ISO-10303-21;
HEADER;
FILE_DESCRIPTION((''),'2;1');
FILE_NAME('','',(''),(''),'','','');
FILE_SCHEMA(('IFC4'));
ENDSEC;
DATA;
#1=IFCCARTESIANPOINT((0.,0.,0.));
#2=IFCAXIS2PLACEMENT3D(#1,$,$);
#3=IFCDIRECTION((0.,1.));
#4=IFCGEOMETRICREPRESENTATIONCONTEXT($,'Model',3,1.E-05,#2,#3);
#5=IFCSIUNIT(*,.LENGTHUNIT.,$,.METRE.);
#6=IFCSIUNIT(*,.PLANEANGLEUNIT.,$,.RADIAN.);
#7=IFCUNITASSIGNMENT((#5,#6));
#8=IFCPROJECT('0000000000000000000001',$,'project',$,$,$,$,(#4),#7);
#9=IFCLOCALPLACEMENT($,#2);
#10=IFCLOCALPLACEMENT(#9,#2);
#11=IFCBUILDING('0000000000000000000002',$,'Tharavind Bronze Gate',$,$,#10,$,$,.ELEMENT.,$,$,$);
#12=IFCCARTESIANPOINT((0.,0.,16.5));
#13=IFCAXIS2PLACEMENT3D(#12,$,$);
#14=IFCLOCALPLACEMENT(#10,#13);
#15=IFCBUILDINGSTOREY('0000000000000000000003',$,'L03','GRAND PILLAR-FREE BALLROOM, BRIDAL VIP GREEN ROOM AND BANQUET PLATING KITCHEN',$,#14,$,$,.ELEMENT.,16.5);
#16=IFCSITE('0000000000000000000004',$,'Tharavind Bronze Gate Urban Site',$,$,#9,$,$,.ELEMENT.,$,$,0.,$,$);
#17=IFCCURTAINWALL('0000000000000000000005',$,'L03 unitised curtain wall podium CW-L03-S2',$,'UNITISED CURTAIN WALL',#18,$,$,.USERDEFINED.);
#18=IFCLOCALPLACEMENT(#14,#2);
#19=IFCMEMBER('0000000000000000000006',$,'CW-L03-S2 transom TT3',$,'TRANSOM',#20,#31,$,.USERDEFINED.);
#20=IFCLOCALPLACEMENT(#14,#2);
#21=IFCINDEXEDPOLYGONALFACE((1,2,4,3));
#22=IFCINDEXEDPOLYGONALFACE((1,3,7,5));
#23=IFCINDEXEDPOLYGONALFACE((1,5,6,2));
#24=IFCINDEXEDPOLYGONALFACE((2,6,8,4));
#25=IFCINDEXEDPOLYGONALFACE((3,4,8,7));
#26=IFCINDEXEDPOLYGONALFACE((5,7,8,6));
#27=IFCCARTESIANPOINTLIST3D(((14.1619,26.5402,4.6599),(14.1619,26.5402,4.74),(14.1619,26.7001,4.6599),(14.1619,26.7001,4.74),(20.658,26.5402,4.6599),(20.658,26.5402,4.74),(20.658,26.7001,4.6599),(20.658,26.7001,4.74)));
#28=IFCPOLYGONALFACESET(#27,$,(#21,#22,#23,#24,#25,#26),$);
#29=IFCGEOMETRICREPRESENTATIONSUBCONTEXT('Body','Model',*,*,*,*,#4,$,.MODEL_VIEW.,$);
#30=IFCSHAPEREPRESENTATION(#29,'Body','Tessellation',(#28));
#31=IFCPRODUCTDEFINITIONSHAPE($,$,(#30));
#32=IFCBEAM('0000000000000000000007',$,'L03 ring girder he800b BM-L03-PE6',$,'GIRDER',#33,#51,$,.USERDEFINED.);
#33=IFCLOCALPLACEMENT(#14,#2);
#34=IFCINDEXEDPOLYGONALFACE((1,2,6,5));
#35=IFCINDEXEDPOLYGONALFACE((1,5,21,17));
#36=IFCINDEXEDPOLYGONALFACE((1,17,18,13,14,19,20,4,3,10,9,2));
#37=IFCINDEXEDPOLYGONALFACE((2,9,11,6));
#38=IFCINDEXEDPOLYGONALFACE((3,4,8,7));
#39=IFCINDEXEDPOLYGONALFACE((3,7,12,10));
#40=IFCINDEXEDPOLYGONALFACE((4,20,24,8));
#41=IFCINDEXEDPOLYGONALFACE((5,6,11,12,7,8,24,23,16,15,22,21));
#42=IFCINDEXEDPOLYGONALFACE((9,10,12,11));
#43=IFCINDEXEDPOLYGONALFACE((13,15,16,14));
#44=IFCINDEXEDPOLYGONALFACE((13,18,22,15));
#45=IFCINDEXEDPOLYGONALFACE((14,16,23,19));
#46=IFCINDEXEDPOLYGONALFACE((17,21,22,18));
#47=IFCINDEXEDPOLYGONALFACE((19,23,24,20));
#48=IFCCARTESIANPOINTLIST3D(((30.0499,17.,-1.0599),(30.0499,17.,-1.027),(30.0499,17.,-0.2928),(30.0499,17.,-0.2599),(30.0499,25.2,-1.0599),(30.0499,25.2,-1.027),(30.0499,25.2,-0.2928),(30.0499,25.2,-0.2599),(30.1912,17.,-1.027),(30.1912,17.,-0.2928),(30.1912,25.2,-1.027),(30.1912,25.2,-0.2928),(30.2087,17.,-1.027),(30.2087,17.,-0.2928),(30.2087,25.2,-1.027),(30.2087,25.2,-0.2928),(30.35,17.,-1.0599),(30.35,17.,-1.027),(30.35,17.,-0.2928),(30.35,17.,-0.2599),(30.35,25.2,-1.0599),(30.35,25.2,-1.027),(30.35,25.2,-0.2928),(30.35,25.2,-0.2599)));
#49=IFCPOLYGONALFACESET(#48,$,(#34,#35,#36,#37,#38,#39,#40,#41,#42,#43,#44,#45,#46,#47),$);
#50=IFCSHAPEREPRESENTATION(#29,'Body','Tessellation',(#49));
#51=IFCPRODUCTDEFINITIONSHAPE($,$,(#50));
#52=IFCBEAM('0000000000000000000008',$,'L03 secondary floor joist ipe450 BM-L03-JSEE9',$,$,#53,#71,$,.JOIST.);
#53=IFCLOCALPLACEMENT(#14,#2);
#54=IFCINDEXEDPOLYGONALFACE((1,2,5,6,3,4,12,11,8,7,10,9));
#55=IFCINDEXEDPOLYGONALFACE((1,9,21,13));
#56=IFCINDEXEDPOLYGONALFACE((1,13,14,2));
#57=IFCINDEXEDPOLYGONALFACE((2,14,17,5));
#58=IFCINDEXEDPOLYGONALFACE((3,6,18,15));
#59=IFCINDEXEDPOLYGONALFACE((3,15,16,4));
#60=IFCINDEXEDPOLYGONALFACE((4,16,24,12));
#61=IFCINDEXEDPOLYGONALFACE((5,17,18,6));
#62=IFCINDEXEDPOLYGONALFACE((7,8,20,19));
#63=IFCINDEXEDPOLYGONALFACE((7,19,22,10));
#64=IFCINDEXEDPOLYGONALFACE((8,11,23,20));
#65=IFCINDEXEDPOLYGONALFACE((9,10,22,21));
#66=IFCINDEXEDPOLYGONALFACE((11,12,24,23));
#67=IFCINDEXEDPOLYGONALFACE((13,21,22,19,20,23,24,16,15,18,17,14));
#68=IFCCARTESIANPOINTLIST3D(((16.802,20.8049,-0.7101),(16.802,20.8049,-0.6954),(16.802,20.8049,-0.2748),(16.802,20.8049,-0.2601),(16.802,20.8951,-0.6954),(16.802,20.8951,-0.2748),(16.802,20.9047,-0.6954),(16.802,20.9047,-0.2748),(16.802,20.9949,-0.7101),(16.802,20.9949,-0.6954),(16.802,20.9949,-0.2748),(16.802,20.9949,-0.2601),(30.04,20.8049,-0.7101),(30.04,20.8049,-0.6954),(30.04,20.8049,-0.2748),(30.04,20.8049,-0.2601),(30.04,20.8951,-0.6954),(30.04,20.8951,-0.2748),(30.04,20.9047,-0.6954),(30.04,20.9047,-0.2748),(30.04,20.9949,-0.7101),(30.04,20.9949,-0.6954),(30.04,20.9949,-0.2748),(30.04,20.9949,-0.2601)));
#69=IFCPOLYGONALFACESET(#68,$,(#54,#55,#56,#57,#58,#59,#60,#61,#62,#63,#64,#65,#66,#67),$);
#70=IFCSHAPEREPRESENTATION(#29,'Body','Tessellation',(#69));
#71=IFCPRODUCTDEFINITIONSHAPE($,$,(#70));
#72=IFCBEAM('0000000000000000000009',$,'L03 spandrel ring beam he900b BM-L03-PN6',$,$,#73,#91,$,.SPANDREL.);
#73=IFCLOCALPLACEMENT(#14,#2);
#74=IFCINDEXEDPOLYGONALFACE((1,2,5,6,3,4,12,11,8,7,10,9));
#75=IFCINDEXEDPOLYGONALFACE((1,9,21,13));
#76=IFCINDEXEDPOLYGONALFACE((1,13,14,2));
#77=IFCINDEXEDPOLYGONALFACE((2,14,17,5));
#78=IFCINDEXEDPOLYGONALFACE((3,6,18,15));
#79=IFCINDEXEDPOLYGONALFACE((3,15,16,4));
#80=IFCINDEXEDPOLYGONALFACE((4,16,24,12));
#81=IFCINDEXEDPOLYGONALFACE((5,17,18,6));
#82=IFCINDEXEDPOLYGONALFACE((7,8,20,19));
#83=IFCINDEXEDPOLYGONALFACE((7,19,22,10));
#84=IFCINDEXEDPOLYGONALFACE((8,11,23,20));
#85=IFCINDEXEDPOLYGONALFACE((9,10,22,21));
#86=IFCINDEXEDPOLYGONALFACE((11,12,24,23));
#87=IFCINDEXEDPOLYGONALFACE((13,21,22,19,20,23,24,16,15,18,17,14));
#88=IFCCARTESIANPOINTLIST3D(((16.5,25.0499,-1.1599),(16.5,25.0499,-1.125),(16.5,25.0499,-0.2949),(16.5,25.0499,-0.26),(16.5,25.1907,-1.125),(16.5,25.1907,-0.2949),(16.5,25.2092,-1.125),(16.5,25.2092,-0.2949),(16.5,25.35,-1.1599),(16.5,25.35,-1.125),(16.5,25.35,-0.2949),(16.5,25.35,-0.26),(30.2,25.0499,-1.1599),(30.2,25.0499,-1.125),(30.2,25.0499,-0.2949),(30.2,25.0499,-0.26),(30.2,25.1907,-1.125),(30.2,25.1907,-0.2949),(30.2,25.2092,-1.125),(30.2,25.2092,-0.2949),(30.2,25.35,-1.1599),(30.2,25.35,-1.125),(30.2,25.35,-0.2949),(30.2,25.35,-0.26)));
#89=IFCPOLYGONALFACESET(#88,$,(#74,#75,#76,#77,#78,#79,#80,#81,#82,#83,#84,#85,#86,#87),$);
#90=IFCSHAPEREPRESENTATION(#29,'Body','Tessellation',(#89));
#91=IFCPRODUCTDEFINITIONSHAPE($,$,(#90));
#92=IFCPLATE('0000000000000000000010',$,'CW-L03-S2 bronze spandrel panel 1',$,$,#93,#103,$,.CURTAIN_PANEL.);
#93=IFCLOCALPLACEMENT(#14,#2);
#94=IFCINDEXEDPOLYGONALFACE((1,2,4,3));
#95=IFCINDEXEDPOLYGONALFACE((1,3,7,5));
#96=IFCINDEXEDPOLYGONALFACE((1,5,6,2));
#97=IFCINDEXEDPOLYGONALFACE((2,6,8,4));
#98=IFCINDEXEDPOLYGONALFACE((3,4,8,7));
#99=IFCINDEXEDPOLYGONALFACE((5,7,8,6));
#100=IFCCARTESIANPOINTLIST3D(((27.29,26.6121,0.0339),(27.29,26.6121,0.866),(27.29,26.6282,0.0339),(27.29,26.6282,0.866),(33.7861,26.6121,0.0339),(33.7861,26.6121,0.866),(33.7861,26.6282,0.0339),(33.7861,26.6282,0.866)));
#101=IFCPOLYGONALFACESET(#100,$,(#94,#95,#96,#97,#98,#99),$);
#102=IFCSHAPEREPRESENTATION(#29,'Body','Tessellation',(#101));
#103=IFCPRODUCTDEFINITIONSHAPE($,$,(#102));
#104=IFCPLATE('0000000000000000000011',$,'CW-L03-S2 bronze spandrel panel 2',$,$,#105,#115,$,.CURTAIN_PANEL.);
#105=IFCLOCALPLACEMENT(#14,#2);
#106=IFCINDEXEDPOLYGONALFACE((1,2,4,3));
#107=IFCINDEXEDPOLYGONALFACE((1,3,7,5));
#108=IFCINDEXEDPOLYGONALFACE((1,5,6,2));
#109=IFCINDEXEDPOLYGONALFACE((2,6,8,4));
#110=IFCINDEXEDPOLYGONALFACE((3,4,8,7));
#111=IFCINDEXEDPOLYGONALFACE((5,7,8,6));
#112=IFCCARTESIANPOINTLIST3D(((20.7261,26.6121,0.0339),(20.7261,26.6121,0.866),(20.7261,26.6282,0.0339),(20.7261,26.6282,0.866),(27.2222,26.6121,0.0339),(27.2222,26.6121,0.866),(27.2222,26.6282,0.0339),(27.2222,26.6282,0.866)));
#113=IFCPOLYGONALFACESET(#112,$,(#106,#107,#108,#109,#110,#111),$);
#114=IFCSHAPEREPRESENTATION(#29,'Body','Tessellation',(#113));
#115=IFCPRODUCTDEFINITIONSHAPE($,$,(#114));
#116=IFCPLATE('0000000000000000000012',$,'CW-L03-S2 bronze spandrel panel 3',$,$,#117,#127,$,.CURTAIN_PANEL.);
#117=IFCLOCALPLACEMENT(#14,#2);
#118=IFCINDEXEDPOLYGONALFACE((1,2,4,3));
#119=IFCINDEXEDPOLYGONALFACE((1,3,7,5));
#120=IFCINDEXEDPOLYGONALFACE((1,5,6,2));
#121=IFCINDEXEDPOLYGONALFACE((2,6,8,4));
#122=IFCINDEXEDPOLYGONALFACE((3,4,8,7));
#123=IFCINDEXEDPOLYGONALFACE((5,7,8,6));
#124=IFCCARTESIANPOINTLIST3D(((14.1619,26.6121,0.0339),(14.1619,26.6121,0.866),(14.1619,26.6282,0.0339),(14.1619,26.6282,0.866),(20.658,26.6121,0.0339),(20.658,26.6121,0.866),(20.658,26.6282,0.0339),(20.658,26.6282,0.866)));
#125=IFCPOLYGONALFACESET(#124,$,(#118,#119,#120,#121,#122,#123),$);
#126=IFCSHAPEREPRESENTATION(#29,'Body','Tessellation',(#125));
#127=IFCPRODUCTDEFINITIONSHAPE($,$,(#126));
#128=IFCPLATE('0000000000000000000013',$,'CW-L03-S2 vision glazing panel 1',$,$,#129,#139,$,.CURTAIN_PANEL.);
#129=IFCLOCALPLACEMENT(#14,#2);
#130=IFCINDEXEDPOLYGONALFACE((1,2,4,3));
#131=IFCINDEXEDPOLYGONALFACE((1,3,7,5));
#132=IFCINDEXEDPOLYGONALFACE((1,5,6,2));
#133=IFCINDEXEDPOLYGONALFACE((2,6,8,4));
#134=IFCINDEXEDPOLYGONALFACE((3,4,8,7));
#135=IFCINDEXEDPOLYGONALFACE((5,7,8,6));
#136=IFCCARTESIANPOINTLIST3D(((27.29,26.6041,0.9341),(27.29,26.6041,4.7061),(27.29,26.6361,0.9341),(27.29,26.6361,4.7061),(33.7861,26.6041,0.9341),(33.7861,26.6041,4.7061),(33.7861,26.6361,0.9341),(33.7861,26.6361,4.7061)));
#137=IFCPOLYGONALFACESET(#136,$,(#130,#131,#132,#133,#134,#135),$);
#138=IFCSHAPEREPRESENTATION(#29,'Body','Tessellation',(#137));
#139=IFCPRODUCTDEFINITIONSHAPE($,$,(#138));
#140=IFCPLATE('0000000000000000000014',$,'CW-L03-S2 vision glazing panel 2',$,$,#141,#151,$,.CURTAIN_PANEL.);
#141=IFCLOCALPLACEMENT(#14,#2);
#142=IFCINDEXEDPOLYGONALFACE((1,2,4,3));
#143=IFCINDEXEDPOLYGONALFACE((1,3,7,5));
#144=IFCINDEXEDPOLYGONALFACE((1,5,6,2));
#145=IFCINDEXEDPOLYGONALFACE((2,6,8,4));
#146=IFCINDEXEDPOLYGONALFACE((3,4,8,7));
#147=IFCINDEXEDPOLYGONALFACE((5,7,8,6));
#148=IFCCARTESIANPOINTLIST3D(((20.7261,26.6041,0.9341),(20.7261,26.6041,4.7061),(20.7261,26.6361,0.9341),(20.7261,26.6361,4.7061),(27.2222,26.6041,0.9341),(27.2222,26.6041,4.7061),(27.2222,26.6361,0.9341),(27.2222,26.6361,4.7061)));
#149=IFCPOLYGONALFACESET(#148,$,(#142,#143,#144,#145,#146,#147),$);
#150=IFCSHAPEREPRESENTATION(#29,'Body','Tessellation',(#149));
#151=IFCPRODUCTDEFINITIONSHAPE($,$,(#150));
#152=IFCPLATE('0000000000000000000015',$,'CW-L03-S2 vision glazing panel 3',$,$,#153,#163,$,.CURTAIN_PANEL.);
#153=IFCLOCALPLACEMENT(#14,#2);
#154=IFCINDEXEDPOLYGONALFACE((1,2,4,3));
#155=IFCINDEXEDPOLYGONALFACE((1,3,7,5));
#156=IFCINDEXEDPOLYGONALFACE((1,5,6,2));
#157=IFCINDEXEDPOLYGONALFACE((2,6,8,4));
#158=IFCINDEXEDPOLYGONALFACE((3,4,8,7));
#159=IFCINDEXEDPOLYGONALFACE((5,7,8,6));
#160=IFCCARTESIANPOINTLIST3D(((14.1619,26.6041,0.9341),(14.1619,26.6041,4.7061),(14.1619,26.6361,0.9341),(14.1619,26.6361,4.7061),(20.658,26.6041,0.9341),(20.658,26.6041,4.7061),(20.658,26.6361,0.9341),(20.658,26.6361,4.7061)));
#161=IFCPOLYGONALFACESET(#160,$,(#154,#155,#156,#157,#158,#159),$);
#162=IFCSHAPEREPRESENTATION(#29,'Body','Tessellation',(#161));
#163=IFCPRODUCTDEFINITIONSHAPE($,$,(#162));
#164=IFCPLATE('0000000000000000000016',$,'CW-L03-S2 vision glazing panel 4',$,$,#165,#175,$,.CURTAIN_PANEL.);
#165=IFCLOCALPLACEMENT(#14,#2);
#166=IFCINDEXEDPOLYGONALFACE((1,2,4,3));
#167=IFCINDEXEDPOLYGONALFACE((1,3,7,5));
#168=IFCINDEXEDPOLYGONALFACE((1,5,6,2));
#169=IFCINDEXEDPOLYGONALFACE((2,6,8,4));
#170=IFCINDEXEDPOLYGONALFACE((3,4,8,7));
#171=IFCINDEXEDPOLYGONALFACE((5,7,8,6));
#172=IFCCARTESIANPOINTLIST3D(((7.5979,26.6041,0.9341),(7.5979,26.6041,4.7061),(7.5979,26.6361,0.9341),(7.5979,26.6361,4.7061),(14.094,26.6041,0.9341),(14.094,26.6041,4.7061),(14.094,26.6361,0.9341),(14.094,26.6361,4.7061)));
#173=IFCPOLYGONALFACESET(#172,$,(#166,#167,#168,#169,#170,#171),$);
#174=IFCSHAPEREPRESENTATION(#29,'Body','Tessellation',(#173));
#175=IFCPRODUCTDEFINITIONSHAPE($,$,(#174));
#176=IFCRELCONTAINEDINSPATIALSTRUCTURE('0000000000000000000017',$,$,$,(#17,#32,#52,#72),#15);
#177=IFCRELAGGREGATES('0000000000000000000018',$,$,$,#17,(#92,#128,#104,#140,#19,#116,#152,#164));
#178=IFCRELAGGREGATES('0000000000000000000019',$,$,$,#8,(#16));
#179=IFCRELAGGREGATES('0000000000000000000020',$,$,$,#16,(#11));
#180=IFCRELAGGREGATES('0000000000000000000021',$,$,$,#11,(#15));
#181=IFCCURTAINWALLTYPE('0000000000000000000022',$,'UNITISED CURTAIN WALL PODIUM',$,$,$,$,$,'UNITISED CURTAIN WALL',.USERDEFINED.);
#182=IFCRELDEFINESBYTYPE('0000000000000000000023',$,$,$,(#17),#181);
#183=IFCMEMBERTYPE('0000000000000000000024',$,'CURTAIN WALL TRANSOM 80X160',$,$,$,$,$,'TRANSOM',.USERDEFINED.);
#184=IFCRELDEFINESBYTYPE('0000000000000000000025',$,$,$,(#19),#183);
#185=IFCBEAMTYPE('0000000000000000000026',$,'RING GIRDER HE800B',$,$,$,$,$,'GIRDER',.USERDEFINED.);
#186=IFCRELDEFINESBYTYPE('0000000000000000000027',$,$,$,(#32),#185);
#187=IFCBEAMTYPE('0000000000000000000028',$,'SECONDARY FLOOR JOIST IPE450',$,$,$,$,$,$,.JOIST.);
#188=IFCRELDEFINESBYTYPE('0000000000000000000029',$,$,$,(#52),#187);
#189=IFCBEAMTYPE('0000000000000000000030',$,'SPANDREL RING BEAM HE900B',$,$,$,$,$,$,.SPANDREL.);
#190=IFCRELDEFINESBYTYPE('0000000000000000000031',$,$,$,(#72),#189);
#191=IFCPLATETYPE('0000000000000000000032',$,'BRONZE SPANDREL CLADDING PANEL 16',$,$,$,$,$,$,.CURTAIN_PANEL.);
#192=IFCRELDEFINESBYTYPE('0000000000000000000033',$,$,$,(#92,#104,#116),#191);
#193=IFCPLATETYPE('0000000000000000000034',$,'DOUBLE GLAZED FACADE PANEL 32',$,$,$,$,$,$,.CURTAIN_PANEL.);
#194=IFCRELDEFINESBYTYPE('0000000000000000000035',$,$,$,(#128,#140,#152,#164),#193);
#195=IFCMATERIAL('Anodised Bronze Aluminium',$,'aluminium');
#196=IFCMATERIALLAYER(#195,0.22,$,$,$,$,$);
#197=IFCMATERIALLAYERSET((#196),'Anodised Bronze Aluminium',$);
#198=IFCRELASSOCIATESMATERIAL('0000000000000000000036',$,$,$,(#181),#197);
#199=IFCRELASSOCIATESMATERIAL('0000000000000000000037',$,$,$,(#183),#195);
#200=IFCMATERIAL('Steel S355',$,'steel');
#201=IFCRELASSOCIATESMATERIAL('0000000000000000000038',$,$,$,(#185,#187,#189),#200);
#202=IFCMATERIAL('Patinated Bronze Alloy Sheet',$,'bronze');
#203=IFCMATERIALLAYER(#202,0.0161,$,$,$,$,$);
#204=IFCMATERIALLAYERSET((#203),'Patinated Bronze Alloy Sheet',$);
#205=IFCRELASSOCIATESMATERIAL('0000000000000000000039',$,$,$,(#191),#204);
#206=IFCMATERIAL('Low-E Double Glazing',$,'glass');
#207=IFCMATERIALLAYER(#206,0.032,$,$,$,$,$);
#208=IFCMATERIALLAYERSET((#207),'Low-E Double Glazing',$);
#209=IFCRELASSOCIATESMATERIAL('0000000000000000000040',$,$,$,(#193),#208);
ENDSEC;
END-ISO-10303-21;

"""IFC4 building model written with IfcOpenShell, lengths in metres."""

from ifc_helpers import new_model, si_unit, direction, frame, origin, origin_2d, place, context, subcontext, project, spatial, rectangle, i_section, extrude, material, layer, layer_set, material_profile, profile_set, type_object, element, aggregate, save


model = new_model("IFC4")

# Units and contexts
model_context = context("Model", 3, precision=1e-05, world=origin(), true_north=direction((0.0, 1.0)))
body_context = subcontext(model_context, "Body", "Model", "MODEL_VIEW")
ifc_project = project(units=[si_unit("LENGTHUNIT", "METRE"), si_unit("PLANEANGLEUNIT", "RADIAN")], contexts=[model_context])

# Site, building, storey
site_placement = place(None, origin())
site = spatial("IfcSite", under=ifc_project, at=site_placement, Name="Tharavind Bronze Gate Urban Site", CompositionType="ELEMENT", RefElevation=0.0)
building_placement = place(site_placement, origin())
building = spatial("IfcBuilding", under=site, at=building_placement, Name="Tharavind Bronze Gate", CompositionType="ELEMENT")
storey_placement = place(building_placement, frame((0.0, 0.0, 16.5)))
storey = spatial("IfcBuildingStorey", under=building, at=storey_placement, Name="L03", Description="GRAND PILLAR-FREE BALLROOM, BRIDAL VIP GREEN ROOM AND BANQUET PLATING KITCHEN", CompositionType="ELEMENT", Elevation=16.5)

# Curtain wall, member
ifc_material_1 = material(Name="Anodised Bronze Aluminium", Category="aluminium")
ifc_layer_1 = layer(ifc_material_1, 0.22)
ifc_layer_set_1 = layer_set([ifc_layer_1], Name="Anodised Bronze Aluminium")
curtain_wall_type = type_object("IfcCurtainWallType", Name="UNITISED CURTAIN WALL PODIUM", ElementType="UNITISED CURTAIN WALL", PredefinedType="USERDEFINED", material=ifc_layer_set_1)
curtain_wall_placement = place(storey_placement, origin())
curtain_wall = element("IfcCurtainWall", 1, at=curtain_wall_placement, inside=storey, type_object=curtain_wall_type, Name="L03 unitised curtain wall podium CW-L03-S2", ObjectType="UNITISED CURTAIN WALL", PredefinedType="USERDEFINED")
member_type_1 = type_object("IfcMemberType", Name="CURTAIN WALL TRANSOM 80X160", ElementType="TRANSOM", PredefinedType="USERDEFINED", material=ifc_material_1)
member_1_placement = place(storey_placement, frame((17.4099, 26.6201, 4.6599), z_axis=(0.0, 0.0, 1.0), x_axis=(-1.0, 0.0, 0.0)))
member_1 = element("IfcMember", 2, at=member_1_placement, type_object=member_type_1, Name="CW-L03-S2 transom TT3", ObjectType="TRANSOM", PredefinedType="USERDEFINED", context=body_context, shape_type="SweptSolid", body=[
    extrude(rectangle(XDim=6.4961, YDim=0.1599, at=origin_2d()), origin(), (0.0, 0.0, 1.0), 0.0801),
])

# Beams
ifc_material_2 = material(Name="Steel S355", Category="steel")
ifc_material_profile_1 = material_profile(ifc_material_2, i_section(OverallWidth=0.3, OverallDepth=0.8, WebThickness=0.0176, FlangeThickness=0.033, at=origin_2d()), Name="HE800B")
ifc_profile_set_1 = profile_set([ifc_material_profile_1], Name="Steel S355")
beam_type_1 = type_object("IfcBeamType", Name="RING GIRDER HE800B", ElementType="GIRDER", PredefinedType="USERDEFINED", material=ifc_profile_set_1)
beam_1_placement = place(storey_placement, frame((30.2, 17.0, -0.6599), z_axis=(0.0, 1.0, 0.0), x_axis=(-1.0, 0.0, 0.0)))
element("IfcBeam", 3, at=beam_1_placement, inside=storey, type_object=beam_type_1, Name="L03 ring girder he800b BM-L03-PE6", ObjectType="GIRDER", PredefinedType="USERDEFINED", context=body_context, shape_type="SweptSolid", body=[
    extrude(i_section(OverallWidth=0.3, OverallDepth=0.8, WebThickness=0.0176, FlangeThickness=0.033, at=origin_2d()), origin(), (0.0, 0.0, 1.0), 8.2),
])
ifc_material_profile_2 = material_profile(ifc_material_2, i_section(OverallWidth=0.1899, OverallDepth=0.45, WebThickness=0.0095, FlangeThickness=0.0146, at=origin_2d()), Name="IPE450")
ifc_profile_set_2 = profile_set([ifc_material_profile_2], Name="Steel S355")
beam_type_2 = type_object("IfcBeamType", Name="SECONDARY FLOOR JOIST IPE450", PredefinedType="JOIST", material=ifc_profile_set_2)
beam_2_placement = place(storey_placement, frame((16.802, 20.8999, -0.4851), z_axis=(1.0, 0.0, 0.0), x_axis=(0.0, 1.0, 0.0)))
element("IfcBeam", 4, at=beam_2_placement, inside=storey, type_object=beam_type_2, Name="L03 secondary floor joist ipe450 BM-L03-JSEE9", PredefinedType="JOIST", context=body_context, shape_type="SweptSolid", body=[
    extrude(i_section(OverallWidth=0.1899, OverallDepth=0.45, WebThickness=0.0095, FlangeThickness=0.0146, at=origin_2d()), origin(), (0.0, 0.0, 1.0), 13.238),
])
ifc_material_profile_3 = material_profile(ifc_material_2, i_section(OverallWidth=0.3, OverallDepth=0.8999, WebThickness=0.0186, FlangeThickness=0.0349, at=origin_2d()), Name="HE900B")
ifc_profile_set_3 = profile_set([ifc_material_profile_3], Name="Steel S355")
beam_type_3 = type_object("IfcBeamType", Name="SPANDREL RING BEAM HE900B", PredefinedType="SPANDREL", material=ifc_profile_set_3)
beam_3_placement = place(storey_placement, frame((16.5, 25.2, -0.71), z_axis=(1.0, 0.0, 0.0), x_axis=(0.0, 1.0, 0.0)))
element("IfcBeam", 5, at=beam_3_placement, inside=storey, type_object=beam_type_3, Name="L03 spandrel ring beam he900b BM-L03-PN6", PredefinedType="SPANDREL", context=body_context, shape_type="SweptSolid", body=[
    extrude(i_section(OverallWidth=0.3, OverallDepth=0.8999, WebThickness=0.0186, FlangeThickness=0.0349, at=origin_2d()), origin(), (0.0, 0.0, 1.0), 13.7),
])

# Plates
ifc_material_3 = material(Name="Patinated Bronze Alloy Sheet", Category="bronze")
ifc_layer_2 = layer(ifc_material_3, 0.0161)
ifc_layer_set_2 = layer_set([ifc_layer_2], Name="Patinated Bronze Alloy Sheet")
plate_type_1 = type_object("IfcPlateType", Name="BRONZE SPANDREL CLADDING PANEL 16", PredefinedType="CURTAIN_PANEL", material=ifc_layer_set_2)
plate_1_placement = place(storey_placement, frame((30.5381, 26.6201, 0.0339), z_axis=(0.0, 0.0, 1.0), x_axis=(-1.0, 0.0, 0.0)))
plate_1 = element("IfcPlate", 6, at=plate_1_placement, type_object=plate_type_1, Name="CW-L03-S2 bronze spandrel panel 1", PredefinedType="CURTAIN_PANEL", context=body_context, shape_type="SweptSolid", body=[
    extrude(rectangle(XDim=6.4961, YDim=0.0161, at=origin_2d()), origin(), (0.0, 0.0, 1.0), 0.832),
])
plate_2_placement = place(storey_placement, frame((23.9741, 26.6201, 0.0339), z_axis=(0.0, 0.0, 1.0), x_axis=(-1.0, 0.0, 0.0)))
plate_2 = element("IfcPlate", 7, at=plate_2_placement, type_object=plate_type_1, Name="CW-L03-S2 bronze spandrel panel 2", PredefinedType="CURTAIN_PANEL", context=body_context, shape_type="SweptSolid", body=[
    extrude(rectangle(XDim=6.4961, YDim=0.0161, at=origin_2d()), origin(), (0.0, 0.0, 1.0), 0.832),
])
plate_3_placement = place(storey_placement, frame((17.4099, 26.6201, 0.0339), z_axis=(0.0, 0.0, 1.0), x_axis=(-1.0, 0.0, 0.0)))
plate_3 = element("IfcPlate", 8, at=plate_3_placement, type_object=plate_type_1, Name="CW-L03-S2 bronze spandrel panel 3", PredefinedType="CURTAIN_PANEL", context=body_context, shape_type="SweptSolid", body=[
    extrude(rectangle(XDim=6.4961, YDim=0.0161, at=origin_2d()), origin(), (0.0, 0.0, 1.0), 0.832),
])
ifc_material_4 = material(Name="Low-E Double Glazing", Category="glass")
ifc_layer_3 = layer(ifc_material_4, 0.032)
ifc_layer_set_3 = layer_set([ifc_layer_3], Name="Low-E Double Glazing")
plate_type_2 = type_object("IfcPlateType", Name="DOUBLE GLAZED FACADE PANEL 32", PredefinedType="CURTAIN_PANEL", material=ifc_layer_set_3)
plate_4_placement = place(storey_placement, frame((30.5381, 26.6201, 0.9341), z_axis=(0.0, 0.0, 1.0), x_axis=(-1.0, 0.0, 0.0)))
plate_4 = element("IfcPlate", 9, at=plate_4_placement, type_object=plate_type_2, Name="CW-L03-S2 vision glazing panel 1", PredefinedType="CURTAIN_PANEL", context=body_context, shape_type="SweptSolid", body=[
    extrude(rectangle(XDim=6.4961, YDim=0.032, at=origin_2d()), origin(), (0.0, 0.0, 1.0), 3.772),
])
plate_5_placement = place(storey_placement, frame((23.9741, 26.6201, 0.9341), z_axis=(0.0, 0.0, 1.0), x_axis=(-1.0, 0.0, 0.0)))
plate_5 = element("IfcPlate", 10, at=plate_5_placement, type_object=plate_type_2, Name="CW-L03-S2 vision glazing panel 2", PredefinedType="CURTAIN_PANEL", context=body_context, shape_type="SweptSolid", body=[
    extrude(rectangle(XDim=6.4961, YDim=0.032, at=origin_2d()), origin(), (0.0, 0.0, 1.0), 3.772),
])
plate_6_placement = place(storey_placement, frame((17.4099, 26.6201, 0.9341), z_axis=(0.0, 0.0, 1.0), x_axis=(-1.0, 0.0, 0.0)))
plate_6 = element("IfcPlate", 11, at=plate_6_placement, type_object=plate_type_2, Name="CW-L03-S2 vision glazing panel 3", PredefinedType="CURTAIN_PANEL", context=body_context, shape_type="SweptSolid", body=[
    extrude(rectangle(XDim=6.4961, YDim=0.032, at=origin_2d()), origin(), (0.0, 0.0, 1.0), 3.772),
])
plate_7_placement = place(storey_placement, frame((10.8459, 26.6201, 0.9341), z_axis=(0.0, 0.0, 1.0), x_axis=(-1.0, 0.0, 0.0)))
plate_7 = element("IfcPlate", 12, at=plate_7_placement, type_object=plate_type_2, Name="CW-L03-S2 vision glazing panel 4", PredefinedType="CURTAIN_PANEL", context=body_context, shape_type="SweptSolid", body=[
    extrude(rectangle(XDim=6.4961, YDim=0.032, at=origin_2d()), origin(), (0.0, 0.0, 1.0), 3.772),
])
aggregate(curtain_wall, [plate_1, plate_4, plate_2, plate_5, member_1, plate_3, plate_6, plate_7])

save(model, "model.ifc")
